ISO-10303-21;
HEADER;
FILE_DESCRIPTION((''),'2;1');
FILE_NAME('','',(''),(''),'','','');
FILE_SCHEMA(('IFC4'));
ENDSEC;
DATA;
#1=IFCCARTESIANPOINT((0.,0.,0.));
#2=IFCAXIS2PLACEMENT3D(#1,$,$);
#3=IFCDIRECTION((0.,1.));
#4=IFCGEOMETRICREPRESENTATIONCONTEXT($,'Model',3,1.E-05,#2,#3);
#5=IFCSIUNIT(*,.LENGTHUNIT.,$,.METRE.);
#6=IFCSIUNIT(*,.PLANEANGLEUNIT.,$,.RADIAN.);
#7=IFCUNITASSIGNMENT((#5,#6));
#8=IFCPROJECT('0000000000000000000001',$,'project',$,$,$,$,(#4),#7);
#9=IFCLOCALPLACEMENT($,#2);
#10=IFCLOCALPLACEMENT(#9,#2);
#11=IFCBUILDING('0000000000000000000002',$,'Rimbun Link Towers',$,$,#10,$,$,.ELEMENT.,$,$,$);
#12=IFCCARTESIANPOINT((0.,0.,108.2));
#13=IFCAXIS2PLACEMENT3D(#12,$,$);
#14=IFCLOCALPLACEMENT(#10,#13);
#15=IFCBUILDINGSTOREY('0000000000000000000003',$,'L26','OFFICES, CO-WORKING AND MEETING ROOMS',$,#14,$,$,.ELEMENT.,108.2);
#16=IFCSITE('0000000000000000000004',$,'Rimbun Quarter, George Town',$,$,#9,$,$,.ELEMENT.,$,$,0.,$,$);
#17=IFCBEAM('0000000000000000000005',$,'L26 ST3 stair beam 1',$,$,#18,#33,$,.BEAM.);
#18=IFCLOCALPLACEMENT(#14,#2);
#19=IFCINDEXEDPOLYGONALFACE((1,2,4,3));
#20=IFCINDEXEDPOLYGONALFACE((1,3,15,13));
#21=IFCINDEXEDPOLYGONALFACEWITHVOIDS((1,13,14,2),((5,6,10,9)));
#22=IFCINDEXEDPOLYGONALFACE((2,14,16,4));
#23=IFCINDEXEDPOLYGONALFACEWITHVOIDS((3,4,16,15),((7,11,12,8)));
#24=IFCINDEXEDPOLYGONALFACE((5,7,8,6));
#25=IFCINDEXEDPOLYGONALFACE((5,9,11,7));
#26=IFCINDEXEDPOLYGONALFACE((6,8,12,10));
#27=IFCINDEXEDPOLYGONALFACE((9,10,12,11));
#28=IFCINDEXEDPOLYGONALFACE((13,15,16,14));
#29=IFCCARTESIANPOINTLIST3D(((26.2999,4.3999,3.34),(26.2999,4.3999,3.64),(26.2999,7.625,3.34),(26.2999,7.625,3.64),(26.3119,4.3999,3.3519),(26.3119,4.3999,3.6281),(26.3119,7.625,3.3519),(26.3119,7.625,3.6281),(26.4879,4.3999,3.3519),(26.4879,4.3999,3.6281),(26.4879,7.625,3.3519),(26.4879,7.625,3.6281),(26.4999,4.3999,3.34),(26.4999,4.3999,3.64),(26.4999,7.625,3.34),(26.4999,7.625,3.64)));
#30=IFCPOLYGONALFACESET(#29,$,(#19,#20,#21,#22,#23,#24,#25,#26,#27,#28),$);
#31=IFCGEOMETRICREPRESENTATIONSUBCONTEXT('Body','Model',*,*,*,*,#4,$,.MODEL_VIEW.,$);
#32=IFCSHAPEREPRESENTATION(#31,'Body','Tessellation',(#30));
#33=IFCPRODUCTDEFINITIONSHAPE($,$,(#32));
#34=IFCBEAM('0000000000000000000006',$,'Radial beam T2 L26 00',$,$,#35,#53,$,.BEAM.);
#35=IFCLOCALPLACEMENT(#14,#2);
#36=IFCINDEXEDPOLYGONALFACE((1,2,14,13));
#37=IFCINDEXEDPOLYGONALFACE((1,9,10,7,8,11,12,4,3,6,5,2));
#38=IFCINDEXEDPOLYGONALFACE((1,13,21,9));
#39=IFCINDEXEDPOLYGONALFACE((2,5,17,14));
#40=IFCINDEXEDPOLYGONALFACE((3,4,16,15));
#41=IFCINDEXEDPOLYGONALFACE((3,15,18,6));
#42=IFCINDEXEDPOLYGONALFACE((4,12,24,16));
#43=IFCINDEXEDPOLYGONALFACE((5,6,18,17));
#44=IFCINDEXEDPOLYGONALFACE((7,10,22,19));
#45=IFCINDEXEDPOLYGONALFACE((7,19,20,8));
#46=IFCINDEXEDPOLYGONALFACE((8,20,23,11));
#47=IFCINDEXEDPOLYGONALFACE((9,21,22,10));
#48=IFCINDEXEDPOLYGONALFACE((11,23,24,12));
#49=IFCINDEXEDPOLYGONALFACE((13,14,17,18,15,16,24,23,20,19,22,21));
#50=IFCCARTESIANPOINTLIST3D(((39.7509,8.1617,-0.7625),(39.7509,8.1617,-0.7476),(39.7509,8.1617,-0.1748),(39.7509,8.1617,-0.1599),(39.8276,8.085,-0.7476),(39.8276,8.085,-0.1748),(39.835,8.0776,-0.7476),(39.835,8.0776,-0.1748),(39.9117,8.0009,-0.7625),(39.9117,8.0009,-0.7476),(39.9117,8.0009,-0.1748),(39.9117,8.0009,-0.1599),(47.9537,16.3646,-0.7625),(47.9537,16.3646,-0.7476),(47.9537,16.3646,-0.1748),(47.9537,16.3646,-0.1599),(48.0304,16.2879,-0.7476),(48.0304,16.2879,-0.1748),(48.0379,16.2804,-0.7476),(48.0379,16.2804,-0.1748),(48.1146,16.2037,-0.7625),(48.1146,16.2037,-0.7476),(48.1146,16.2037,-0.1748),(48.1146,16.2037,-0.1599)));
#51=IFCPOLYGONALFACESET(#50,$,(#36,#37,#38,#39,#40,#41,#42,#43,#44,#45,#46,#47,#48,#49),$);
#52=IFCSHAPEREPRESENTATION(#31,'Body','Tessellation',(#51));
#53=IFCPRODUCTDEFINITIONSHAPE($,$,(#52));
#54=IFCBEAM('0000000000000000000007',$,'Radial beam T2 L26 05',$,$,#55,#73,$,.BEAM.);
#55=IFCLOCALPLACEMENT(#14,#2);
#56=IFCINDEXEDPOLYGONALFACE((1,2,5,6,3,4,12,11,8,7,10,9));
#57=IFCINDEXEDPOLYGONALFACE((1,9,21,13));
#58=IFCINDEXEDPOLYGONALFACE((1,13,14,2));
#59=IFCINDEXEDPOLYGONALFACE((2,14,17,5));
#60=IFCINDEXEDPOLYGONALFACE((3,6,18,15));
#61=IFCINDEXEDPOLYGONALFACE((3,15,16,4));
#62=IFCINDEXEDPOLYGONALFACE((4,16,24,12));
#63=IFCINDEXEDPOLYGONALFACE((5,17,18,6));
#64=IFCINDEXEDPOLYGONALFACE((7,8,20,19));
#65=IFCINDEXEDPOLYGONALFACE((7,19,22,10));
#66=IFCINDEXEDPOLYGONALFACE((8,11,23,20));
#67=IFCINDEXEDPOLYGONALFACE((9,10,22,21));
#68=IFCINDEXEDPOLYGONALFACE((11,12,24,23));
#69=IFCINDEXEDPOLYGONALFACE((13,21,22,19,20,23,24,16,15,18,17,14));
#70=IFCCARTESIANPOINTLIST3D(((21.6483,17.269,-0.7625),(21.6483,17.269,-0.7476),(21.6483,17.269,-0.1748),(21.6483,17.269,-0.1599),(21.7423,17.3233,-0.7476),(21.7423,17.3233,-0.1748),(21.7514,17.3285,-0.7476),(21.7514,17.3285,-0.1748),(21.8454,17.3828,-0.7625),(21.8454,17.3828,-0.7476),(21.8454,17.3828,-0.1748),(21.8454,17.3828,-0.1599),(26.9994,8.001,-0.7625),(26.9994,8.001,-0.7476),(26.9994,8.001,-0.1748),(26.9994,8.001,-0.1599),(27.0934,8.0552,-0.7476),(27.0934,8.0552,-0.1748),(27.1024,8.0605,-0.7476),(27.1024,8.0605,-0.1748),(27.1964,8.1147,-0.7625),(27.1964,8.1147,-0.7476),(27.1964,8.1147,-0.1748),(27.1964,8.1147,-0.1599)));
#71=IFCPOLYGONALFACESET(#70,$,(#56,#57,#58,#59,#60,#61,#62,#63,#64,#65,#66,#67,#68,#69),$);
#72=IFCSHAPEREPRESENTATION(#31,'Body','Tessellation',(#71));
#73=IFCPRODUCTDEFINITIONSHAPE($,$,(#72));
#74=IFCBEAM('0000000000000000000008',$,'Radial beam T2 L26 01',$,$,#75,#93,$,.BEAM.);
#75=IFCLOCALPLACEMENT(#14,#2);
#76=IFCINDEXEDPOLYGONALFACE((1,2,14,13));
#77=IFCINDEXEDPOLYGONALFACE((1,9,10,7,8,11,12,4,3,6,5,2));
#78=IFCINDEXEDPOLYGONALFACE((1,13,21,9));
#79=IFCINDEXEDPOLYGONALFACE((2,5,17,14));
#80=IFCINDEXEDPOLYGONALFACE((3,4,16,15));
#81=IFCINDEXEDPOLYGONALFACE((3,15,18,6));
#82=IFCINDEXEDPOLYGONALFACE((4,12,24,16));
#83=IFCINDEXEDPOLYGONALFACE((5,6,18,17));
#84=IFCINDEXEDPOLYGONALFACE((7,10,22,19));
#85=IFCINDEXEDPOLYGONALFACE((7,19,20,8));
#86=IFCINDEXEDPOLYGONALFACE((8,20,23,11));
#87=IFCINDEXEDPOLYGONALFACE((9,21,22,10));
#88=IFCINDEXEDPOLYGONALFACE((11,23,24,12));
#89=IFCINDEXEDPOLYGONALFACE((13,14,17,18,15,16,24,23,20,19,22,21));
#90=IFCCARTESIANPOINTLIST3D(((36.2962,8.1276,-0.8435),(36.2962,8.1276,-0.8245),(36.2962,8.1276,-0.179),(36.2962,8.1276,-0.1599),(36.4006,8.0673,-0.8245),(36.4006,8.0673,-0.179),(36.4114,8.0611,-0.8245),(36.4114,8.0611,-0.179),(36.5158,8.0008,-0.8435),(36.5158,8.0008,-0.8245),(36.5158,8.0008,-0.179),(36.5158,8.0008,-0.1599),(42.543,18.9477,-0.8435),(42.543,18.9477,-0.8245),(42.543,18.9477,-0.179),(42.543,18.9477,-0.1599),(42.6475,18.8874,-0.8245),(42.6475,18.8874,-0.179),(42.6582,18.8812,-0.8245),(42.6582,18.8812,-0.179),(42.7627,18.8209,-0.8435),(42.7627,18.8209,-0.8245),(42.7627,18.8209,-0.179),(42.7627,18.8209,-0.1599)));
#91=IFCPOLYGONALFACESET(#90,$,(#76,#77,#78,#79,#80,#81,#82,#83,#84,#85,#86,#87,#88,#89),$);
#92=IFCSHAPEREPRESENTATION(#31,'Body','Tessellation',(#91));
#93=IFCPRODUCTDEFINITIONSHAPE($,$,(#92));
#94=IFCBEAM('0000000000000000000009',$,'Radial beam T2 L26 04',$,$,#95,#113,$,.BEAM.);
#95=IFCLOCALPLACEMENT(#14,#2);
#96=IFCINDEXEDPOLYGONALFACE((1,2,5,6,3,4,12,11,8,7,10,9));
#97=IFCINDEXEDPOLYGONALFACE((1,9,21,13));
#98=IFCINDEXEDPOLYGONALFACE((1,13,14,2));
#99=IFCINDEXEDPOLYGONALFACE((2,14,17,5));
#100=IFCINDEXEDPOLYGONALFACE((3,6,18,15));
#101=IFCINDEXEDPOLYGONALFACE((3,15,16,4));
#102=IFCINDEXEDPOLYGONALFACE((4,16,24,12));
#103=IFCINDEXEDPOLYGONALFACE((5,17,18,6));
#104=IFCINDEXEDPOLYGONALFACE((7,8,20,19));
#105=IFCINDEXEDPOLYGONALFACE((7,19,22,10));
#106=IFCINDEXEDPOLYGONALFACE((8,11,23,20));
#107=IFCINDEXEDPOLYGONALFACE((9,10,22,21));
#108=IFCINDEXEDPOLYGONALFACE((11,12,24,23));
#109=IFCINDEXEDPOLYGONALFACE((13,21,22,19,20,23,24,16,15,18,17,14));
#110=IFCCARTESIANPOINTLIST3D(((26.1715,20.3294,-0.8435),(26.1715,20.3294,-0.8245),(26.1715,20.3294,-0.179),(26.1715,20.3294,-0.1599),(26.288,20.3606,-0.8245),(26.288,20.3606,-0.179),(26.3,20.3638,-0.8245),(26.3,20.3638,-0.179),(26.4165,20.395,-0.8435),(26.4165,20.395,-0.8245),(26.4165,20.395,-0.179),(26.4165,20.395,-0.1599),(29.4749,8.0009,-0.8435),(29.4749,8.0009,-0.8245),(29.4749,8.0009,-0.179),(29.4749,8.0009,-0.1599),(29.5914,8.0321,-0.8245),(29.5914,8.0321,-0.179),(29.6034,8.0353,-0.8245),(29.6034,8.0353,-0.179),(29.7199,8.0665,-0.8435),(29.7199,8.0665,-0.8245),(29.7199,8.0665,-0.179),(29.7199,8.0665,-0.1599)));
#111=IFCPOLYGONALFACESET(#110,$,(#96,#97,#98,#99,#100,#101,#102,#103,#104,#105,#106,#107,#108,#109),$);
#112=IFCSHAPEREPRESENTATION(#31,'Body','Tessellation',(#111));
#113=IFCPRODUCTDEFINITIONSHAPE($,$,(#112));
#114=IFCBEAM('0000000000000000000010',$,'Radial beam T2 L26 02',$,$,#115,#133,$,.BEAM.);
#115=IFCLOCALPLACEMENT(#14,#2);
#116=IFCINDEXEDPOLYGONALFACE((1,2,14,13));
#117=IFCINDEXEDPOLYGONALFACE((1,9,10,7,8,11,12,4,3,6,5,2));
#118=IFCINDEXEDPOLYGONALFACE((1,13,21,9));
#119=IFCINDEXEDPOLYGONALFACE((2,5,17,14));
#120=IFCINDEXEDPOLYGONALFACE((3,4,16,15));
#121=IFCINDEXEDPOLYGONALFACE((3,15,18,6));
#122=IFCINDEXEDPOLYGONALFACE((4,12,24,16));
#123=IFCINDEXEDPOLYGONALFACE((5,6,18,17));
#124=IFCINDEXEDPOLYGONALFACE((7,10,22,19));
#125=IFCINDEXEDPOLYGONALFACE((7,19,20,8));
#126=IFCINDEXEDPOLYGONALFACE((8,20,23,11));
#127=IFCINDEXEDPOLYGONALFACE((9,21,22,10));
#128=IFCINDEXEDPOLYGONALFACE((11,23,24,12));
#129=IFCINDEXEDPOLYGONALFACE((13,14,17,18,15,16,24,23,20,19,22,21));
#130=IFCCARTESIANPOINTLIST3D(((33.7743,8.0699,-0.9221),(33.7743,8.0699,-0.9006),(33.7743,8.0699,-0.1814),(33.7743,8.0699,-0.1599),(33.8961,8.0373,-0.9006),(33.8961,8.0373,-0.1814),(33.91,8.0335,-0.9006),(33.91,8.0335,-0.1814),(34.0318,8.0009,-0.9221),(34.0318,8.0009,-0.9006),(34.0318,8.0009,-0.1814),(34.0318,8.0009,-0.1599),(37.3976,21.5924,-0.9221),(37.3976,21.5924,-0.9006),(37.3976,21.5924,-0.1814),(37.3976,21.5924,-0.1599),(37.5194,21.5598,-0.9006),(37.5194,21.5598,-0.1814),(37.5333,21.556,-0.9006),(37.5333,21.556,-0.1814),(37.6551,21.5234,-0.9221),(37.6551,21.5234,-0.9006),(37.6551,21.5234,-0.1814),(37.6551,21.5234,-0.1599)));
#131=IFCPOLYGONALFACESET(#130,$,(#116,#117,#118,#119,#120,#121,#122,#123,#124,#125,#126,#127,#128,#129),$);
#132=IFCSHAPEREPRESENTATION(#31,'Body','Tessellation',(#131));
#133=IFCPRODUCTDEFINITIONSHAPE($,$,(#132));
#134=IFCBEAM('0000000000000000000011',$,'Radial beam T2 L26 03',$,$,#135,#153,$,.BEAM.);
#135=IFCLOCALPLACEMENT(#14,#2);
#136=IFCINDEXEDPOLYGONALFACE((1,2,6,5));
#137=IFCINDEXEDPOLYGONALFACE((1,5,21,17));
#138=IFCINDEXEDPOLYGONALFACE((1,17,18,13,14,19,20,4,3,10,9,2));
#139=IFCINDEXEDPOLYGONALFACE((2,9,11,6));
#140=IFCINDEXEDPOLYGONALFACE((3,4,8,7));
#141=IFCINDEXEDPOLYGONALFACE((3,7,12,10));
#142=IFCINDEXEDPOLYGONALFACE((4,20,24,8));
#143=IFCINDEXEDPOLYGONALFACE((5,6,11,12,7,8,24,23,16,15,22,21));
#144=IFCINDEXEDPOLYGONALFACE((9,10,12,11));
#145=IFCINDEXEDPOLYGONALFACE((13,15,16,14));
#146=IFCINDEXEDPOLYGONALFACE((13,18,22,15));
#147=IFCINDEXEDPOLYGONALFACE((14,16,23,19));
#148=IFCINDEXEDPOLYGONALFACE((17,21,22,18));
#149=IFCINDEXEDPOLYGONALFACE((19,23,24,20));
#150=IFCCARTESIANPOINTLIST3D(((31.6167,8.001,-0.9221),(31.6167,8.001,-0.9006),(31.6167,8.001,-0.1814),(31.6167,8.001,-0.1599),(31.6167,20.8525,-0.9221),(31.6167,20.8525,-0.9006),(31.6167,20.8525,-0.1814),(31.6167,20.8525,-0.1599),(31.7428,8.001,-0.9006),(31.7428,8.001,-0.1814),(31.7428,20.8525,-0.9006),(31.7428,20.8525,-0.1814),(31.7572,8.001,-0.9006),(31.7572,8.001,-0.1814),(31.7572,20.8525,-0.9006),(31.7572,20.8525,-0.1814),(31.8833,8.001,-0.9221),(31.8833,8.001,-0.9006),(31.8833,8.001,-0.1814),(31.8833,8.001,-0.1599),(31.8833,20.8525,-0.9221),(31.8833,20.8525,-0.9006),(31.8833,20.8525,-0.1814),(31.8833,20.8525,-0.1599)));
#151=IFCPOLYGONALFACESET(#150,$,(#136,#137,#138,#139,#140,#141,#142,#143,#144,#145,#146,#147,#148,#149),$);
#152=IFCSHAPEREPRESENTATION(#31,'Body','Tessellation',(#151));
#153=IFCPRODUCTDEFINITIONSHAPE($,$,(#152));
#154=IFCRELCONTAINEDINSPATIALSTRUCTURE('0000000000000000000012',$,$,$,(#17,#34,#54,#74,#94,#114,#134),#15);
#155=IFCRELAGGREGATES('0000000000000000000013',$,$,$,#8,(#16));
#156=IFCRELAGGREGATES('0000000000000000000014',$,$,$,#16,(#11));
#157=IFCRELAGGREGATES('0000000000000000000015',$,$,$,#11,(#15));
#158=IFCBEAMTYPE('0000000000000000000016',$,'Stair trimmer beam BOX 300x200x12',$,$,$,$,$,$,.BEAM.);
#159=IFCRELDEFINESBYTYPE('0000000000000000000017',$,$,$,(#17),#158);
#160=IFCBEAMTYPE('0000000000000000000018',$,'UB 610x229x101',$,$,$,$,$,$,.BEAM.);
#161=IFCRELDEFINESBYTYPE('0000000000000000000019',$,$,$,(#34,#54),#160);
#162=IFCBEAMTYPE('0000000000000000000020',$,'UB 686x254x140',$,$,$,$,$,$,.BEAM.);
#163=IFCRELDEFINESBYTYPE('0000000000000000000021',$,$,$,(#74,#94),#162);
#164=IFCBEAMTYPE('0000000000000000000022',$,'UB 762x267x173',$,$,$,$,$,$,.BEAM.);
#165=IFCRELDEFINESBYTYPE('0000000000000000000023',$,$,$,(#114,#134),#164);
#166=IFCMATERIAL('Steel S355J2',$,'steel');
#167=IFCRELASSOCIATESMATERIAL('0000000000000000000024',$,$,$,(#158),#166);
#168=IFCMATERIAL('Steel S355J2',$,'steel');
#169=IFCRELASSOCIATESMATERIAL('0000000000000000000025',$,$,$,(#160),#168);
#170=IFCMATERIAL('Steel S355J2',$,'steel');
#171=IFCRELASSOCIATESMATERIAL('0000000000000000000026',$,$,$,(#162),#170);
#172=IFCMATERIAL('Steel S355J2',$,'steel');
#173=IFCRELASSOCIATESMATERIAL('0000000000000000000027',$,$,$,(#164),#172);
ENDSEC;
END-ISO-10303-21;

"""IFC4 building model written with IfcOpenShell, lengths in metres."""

from ifc_helpers import new_model, si_unit, direction, frame, origin, origin_2d, place, context, subcontext, project, spatial, hollow_rectangle, i_section, extrude, material, material_profile, profile_set, type_object, element, save


model = new_model("IFC4")

# Units and contexts
model_context = context("Model", 3, precision=1e-05, world=origin(), true_north=direction((0.0, 1.0)))
body_context = subcontext(model_context, "Body", "Model", "MODEL_VIEW")
ifc_project = project(units=[si_unit("LENGTHUNIT", "METRE"), si_unit("PLANEANGLEUNIT", "RADIAN")], contexts=[model_context])

# Site, building, storey
site_placement = place(None, origin())
site = spatial("IfcSite", under=ifc_project, at=site_placement, Name="Rimbun Quarter, George Town", CompositionType="ELEMENT", RefElevation=0.0)
building_placement = place(site_placement, origin())
building = spatial("IfcBuilding", under=site, at=building_placement, Name="Rimbun Link Towers", CompositionType="ELEMENT")
storey_placement = place(building_placement, frame((0.0, 0.0, 108.2)))
storey = spatial("IfcBuildingStorey", under=building, at=storey_placement, Name="L26", Description="OFFICES, CO-WORKING AND MEETING ROOMS", CompositionType="ELEMENT", Elevation=108.2)

# Beams
ifc_material_1 = material(Name="Steel S355J2", Category="steel")
ifc_material_profile_1 = material_profile(ifc_material_1, hollow_rectangle(XDim=0.2, YDim=0.3, WallThickness=0.012, at=origin_2d()), Name="BOX 300x200x12")
ifc_profile_set_1 = profile_set([ifc_material_profile_1], Name="Steel S355J2")
beam_type_1 = type_object("IfcBeamType", Name="Stair trimmer beam BOX 300x200x12", PredefinedType="BEAM", material=ifc_profile_set_1)
beam_1_placement = place(storey_placement, frame((26.3999, 7.625, 3.49), z_axis=(0.0, -1.0, 0.0), x_axis=(1.0, 0.0, 0.0)))
element("IfcBeam", 1, at=beam_1_placement, inside=storey, type_object=beam_type_1, Name="L26 ST3 stair beam 1", PredefinedType="BEAM", context=body_context, shape_type="SweptSolid", body=[
    extrude(hollow_rectangle(XDim=0.2, YDim=0.3, WallThickness=0.012, at=origin_2d()), origin(), (0.0, 0.0, 1.0), 3.2251),
])
ifc_material_2 = material(Name="Steel S355J2", Category="steel")
ifc_material_profile_2 = material_profile(ifc_material_2, i_section(OverallWidth=0.2275, OverallDepth=0.6025, WebThickness=0.0105, FlangeThickness=0.0149, at=origin_2d()), Name="UB 610x229x101")
ifc_profile_set_2 = profile_set([ifc_material_profile_2], Name="Steel S355J2")
beam_type_2 = type_object("IfcBeamType", Name="UB 610x229x101", PredefinedType="BEAM", material=ifc_profile_set_2)
beam_2_placement = place(storey_placement, frame((39.8313, 8.0813, -0.4612), z_axis=(0.707107, 0.707107, 0.0), x_axis=(-0.707107, 0.707107, 0.0)))
element("IfcBeam", 2, at=beam_2_placement, inside=storey, type_object=beam_type_2, Name="Radial beam T2 L26 00", PredefinedType="BEAM", context=body_context, shape_type="SweptSolid", body=[
    extrude(i_section(OverallWidth=0.2275, OverallDepth=0.6025, WebThickness=0.0105, FlangeThickness=0.0149, at=origin_2d()), origin(), (0.0, 0.0, 1.0), 11.6006),
])
beam_3_placement = place(storey_placement, frame((27.0979, 8.0579, -0.4612), z_axis=(-0.500011, 0.866019, 0.0), x_axis=(-0.866019, -0.500011, 0.0)))
element("IfcBeam", 3, at=beam_3_placement, inside=storey, type_object=beam_type_2, Name="Radial beam T2 L26 05", PredefinedType="BEAM", context=body_context, shape_type="SweptSolid", body=[
    extrude(i_section(OverallWidth=0.2275, OverallDepth=0.6025, WebThickness=0.0105, FlangeThickness=0.0149, at=origin_2d()), origin(), (0.0, 0.0, 1.0), 10.7019),
])
ifc_material_3 = material(Name="Steel S355J2", Category="steel")
ifc_material_profile_3 = material_profile(ifc_material_3, i_section(OverallWidth=0.2537, OverallDepth=0.6836, WebThickness=0.0125, FlangeThickness=0.019, at=origin_2d()), Name="UB 686x254x140")
ifc_profile_set_3 = profile_set([ifc_material_profile_3], Name="Steel S355J2")
beam_type_3 = type_object("IfcBeamType", Name="UB 686x254x140", PredefinedType="BEAM", material=ifc_profile_set_3)
beam_4_placement = place(storey_placement, frame((36.406, 8.0642, -0.5017), z_axis=(0.499991, 0.86603, 0.0), x_axis=(-0.86603, 0.499991, 0.0)))
element("IfcBeam", 4, at=beam_4_placement, inside=storey, type_object=beam_type_3, Name="Radial beam T2 L26 01", PredefinedType="BEAM", context=body_context, shape_type="SweptSolid", body=[
    extrude(i_section(OverallWidth=0.2537, OverallDepth=0.6836, WebThickness=0.0125, FlangeThickness=0.019, at=origin_2d()), origin(), (0.0, 0.0, 1.0), 12.4939),
])
beam_5_placement = place(storey_placement, frame((29.5974, 8.0337, -0.5017), z_axis=(-0.258821, 0.965925, 0.0), x_axis=(-0.965925, -0.258821, 0.0)))
element("IfcBeam", 5, at=beam_5_placement, inside=storey, type_object=beam_type_3, Name="Radial beam T2 L26 04", PredefinedType="BEAM", context=body_context, shape_type="SweptSolid", body=[
    extrude(i_section(OverallWidth=0.2537, OverallDepth=0.6836, WebThickness=0.0125, FlangeThickness=0.019, at=origin_2d()), origin(), (0.0, 0.0, 1.0), 12.7634),
])
ifc_material_4 = material(Name="Steel S355J2", Category="steel")
ifc_material_profile_4 = material_profile(ifc_material_4, i_section(OverallWidth=0.2666, OverallDepth=0.7622, WebThickness=0.0144, FlangeThickness=0.0215, at=origin_2d()), Name="UB 762x267x173")
ifc_profile_set_4 = profile_set([ifc_material_profile_4], Name="Steel S355J2")
beam_type_4 = type_object("IfcBeamType", Name="UB 762x267x173", PredefinedType="BEAM", material=ifc_profile_set_4)
beam_6_placement = place(storey_placement, frame((33.9031, 8.0354, -0.541), z_axis=(0.258816, 0.965927, 0.0), x_axis=(-0.965927, 0.258816, 0.0)))
element("IfcBeam", 6, at=beam_6_placement, inside=storey, type_object=beam_type_4, Name="Radial beam T2 L26 02", PredefinedType="BEAM", context=body_context, shape_type="SweptSolid", body=[
    extrude(i_section(OverallWidth=0.2666, OverallDepth=0.7622, WebThickness=0.0144, FlangeThickness=0.0215, at=origin_2d()), origin(), (0.0, 0.0, 1.0), 13.9995),
])
beam_7_placement = place(storey_placement, frame((31.75, 8.001, -0.541), z_axis=(0.0, 1.0, 0.0), x_axis=(-1.0, 0.0, 0.0)))
element("IfcBeam", 7, at=beam_7_placement, inside=storey, type_object=beam_type_4, Name="Radial beam T2 L26 03", PredefinedType="BEAM", context=body_context, shape_type="SweptSolid", body=[
    extrude(i_section(OverallWidth=0.2666, OverallDepth=0.7622, WebThickness=0.0144, FlangeThickness=0.0215, at=origin_2d()), origin(), (0.0, 0.0, 1.0), 12.8516),
])

save(model, "model.ifc")
